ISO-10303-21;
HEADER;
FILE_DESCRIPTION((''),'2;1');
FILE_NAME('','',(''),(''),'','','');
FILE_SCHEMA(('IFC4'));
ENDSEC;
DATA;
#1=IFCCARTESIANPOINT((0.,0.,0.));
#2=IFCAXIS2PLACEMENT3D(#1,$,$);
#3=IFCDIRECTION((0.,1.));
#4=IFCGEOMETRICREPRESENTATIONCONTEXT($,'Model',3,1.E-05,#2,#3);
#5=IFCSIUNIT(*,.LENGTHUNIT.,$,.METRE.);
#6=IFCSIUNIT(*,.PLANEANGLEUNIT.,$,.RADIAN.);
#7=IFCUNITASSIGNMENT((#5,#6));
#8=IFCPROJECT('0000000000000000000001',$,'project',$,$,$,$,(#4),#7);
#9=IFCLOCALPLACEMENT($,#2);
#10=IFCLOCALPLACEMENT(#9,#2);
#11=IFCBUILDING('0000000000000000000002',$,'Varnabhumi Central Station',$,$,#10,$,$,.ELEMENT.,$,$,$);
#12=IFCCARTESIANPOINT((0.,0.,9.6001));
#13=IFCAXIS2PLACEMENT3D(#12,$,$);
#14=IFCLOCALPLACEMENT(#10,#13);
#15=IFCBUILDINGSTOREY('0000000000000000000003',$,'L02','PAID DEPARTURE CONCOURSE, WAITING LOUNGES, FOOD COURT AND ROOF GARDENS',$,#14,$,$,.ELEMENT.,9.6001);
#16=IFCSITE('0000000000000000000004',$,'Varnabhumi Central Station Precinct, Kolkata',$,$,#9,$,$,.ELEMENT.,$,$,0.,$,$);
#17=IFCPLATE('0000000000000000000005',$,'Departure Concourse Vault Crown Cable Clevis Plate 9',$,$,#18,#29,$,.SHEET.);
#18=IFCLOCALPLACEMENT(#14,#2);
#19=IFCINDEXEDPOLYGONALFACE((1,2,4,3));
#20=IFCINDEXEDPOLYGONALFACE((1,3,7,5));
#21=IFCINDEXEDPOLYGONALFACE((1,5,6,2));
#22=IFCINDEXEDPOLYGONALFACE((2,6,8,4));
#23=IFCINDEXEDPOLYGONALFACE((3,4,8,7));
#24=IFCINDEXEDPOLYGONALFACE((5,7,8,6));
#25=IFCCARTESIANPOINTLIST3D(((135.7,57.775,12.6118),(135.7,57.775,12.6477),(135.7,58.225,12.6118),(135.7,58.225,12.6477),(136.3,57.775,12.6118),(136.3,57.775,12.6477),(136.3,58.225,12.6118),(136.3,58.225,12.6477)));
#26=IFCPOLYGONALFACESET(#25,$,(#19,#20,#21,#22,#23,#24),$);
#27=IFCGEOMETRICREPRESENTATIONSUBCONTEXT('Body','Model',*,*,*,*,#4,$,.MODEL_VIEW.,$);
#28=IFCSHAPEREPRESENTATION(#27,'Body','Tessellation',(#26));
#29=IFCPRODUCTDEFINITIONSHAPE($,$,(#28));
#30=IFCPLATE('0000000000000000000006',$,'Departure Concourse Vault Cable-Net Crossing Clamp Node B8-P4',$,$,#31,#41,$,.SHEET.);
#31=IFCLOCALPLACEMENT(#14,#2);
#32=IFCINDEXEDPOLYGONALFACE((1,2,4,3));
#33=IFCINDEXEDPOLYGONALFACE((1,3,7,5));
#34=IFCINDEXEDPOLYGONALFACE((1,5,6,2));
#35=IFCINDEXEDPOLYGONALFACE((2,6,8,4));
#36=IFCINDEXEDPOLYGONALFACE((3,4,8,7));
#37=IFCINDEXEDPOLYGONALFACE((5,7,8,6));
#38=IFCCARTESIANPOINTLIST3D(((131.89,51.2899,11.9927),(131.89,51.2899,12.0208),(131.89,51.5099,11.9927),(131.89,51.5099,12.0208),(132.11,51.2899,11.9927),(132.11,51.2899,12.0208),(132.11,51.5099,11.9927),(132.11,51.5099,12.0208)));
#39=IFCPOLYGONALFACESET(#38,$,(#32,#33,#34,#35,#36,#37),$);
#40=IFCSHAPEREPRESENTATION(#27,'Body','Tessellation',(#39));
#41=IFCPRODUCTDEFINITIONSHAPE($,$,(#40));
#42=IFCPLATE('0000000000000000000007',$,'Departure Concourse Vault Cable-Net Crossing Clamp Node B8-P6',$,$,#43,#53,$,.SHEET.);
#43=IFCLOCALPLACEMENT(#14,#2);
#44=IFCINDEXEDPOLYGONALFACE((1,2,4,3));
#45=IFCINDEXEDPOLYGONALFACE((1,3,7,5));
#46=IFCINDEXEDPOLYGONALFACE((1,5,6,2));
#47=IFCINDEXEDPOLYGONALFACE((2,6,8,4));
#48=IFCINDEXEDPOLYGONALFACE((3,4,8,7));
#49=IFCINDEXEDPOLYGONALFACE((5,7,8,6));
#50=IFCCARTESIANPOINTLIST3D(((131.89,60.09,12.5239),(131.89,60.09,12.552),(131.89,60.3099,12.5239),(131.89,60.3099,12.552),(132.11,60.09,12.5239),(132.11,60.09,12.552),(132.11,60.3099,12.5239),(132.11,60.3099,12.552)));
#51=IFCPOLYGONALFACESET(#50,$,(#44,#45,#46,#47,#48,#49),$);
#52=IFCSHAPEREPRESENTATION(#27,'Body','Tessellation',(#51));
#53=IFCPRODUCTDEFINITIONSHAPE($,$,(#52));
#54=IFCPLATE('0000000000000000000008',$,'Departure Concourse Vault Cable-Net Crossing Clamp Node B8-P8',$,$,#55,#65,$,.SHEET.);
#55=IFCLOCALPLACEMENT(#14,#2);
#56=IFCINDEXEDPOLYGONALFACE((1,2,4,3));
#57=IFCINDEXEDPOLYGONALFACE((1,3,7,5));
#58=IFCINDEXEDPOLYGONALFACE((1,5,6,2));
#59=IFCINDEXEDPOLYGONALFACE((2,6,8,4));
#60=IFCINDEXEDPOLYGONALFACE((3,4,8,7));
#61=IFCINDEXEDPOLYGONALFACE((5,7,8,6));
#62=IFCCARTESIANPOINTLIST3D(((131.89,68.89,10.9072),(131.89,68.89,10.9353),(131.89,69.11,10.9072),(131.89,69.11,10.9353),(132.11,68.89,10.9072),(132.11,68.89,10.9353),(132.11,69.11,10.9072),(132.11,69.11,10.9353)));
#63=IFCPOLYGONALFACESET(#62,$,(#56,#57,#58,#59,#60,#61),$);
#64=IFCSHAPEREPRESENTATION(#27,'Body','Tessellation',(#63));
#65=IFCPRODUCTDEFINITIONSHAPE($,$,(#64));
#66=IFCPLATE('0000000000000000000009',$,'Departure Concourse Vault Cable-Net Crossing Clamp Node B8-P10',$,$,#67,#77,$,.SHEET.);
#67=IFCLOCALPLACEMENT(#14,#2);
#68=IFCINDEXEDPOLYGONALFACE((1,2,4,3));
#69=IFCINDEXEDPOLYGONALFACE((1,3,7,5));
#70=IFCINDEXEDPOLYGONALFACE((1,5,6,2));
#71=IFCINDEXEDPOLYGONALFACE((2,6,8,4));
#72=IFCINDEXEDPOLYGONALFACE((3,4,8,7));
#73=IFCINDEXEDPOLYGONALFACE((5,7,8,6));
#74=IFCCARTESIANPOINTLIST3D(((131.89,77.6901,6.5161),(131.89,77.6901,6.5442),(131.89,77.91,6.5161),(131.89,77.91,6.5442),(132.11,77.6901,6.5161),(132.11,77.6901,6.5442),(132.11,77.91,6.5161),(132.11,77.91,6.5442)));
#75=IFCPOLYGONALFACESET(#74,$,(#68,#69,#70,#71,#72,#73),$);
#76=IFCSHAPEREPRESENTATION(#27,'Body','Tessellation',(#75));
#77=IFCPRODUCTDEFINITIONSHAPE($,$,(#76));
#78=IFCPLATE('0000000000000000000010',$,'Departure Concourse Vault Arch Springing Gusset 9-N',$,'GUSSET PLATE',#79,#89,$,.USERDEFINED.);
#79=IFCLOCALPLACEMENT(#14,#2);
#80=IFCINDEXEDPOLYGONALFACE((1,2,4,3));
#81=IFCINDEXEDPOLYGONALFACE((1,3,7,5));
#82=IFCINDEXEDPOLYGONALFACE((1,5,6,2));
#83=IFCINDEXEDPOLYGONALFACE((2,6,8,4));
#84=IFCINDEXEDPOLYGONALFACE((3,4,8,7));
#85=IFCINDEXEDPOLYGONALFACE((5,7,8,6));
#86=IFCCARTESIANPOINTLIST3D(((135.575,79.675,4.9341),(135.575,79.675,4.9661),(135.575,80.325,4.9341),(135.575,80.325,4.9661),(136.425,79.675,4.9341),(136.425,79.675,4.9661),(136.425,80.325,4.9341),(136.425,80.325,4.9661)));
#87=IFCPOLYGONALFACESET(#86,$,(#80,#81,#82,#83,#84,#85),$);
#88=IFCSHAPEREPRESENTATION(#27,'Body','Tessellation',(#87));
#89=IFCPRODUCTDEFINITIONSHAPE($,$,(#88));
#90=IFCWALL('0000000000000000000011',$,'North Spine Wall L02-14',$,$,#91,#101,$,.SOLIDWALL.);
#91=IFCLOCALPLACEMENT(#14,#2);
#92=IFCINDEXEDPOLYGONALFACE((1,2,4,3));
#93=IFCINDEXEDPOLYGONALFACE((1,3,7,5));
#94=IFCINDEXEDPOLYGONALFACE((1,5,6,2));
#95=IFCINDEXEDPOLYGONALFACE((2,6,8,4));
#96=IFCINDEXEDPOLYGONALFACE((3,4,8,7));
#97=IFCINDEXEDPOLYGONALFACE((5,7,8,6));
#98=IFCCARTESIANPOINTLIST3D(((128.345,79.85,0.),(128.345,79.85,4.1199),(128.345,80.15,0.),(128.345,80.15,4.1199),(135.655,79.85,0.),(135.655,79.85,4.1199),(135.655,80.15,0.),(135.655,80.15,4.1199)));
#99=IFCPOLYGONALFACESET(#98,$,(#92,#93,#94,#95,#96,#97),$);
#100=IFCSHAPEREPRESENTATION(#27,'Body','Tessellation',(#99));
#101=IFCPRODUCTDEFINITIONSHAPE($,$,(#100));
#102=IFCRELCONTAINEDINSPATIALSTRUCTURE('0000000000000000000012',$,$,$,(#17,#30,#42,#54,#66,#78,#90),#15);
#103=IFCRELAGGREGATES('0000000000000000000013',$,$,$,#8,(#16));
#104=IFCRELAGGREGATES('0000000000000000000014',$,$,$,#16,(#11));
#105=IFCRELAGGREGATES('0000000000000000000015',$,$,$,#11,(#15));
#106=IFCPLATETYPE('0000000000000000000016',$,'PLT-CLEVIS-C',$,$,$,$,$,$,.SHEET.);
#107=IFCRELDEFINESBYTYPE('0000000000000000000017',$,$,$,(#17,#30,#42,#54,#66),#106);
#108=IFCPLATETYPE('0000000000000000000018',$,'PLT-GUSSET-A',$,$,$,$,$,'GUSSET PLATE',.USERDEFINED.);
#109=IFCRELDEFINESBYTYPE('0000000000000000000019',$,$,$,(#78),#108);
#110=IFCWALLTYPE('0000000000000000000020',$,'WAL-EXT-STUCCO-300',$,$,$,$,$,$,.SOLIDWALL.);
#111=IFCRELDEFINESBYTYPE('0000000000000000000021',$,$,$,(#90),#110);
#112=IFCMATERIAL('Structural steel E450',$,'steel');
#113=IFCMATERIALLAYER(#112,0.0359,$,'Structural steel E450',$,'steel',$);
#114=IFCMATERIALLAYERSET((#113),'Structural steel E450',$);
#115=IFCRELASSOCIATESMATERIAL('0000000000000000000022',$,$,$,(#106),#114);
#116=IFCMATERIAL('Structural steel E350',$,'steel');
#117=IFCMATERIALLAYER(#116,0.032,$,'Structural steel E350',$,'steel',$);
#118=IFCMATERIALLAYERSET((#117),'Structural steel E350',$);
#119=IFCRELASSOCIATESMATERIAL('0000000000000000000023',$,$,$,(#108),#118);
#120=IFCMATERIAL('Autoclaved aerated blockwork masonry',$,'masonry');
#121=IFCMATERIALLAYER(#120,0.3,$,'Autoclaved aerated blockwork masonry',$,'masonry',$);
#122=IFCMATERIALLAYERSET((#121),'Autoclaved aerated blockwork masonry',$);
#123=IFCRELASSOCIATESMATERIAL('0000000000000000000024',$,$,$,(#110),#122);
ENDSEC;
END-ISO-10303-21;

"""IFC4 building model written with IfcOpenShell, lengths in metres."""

from ifc_helpers import new_model, si_unit, direction, frame, frame_2d, origin, origin_2d, place, context, subcontext, project, spatial, rectangle, extrude, material, layer, layer_set, type_object, element, save


model = new_model("IFC4")

# Units and contexts
model_context = context("Model", 3, precision=1e-05, world=origin(), true_north=direction((0.0, 1.0)))
body_context = subcontext(model_context, "Body", "Model", "MODEL_VIEW")
ifc_project = project(units=[si_unit("LENGTHUNIT", "METRE"), si_unit("PLANEANGLEUNIT", "RADIAN")], contexts=[model_context])

# Site, building, storey
site_placement = place(None, origin())
site = spatial("IfcSite", under=ifc_project, at=site_placement, Name="Varnabhumi Central Station Precinct, Kolkata", CompositionType="ELEMENT", RefElevation=0.0)
building_placement = place(site_placement, origin())
building = spatial("IfcBuilding", under=site, at=building_placement, Name="Varnabhumi Central Station", CompositionType="ELEMENT")
storey_placement = place(building_placement, frame((0.0, 0.0, 9.6001)))
storey = spatial("IfcBuildingStorey", under=building, at=storey_placement, Name="L02", Description="PAID DEPARTURE CONCOURSE, WAITING LOUNGES, FOOD COURT AND ROOF GARDENS", CompositionType="ELEMENT", Elevation=9.6001)

# Shared definitions
ifc_material_1 = material(Name="Structural steel E350", Category="steel")

# Plates
ifc_material_2 = material(Name="Structural steel E450", Category="steel")
ifc_layer_1 = layer(ifc_material_2, 0.0359, Name="Structural steel E450", Category="steel")
ifc_layer_set_1 = layer_set([ifc_layer_1], Name="Structural steel E450")
plate_type_1 = type_object("IfcPlateType", Name="PLT-CLEVIS-C", PredefinedType="SHEET", material=ifc_layer_set_1)
plate_1_placement = place(storey_placement, frame((136.0, 58.0, 12.6118), z_axis=(0.0, 0.0, 1.0), x_axis=(1.0, 0.0, 0.0)))
element("IfcPlate", 1, at=plate_1_placement, inside=storey, type_object=plate_type_1, Name="Departure Concourse Vault Crown Cable Clevis Plate 9", PredefinedType="SHEET", context=body_context, shape_type="SweptSolid", body=[
    extrude(rectangle(XDim=0.6001, YDim=0.45, at=origin_2d()), origin(), (0.0, 0.0, 1.0), 0.0359),
])
for number, where, z_axis, x_axis, name in (
    (2, (132.0, 51.3999, 11.9927), (0.0, 0.0, 1.0), (1.0, 0.0, 0.0), "Departure Concourse Vault Cable-Net Crossing Clamp Node B8-P4"),
    (3, (132.0, 60.2, 12.5239), (0.0, 0.0, 1.0), (1.0, 0.0, 0.0), "Departure Concourse Vault Cable-Net Crossing Clamp Node B8-P6"),
    (4, (132.0, 69.0, 10.9072), (0.0, 0.0, 1.0), (1.0, 0.0, 0.0), "Departure Concourse Vault Cable-Net Crossing Clamp Node B8-P8"),
    (5, (132.0, 77.8, 6.5161), (0.0, 0.0, 1.0), (1.0, 0.0, 0.0), "Departure Concourse Vault Cable-Net Crossing Clamp Node B8-P10"),
):
    element("IfcPlate", number, at=place(storey_placement, frame(where, z_axis=z_axis, x_axis=x_axis)), inside=storey, type_object=plate_type_1, Name=name, PredefinedType="SHEET", context=body_context, shape_type="SweptSolid", body=[
        extrude(rectangle(XDim=0.22, YDim=0.22, at=origin_2d()), origin(), (0.0, 0.0, 1.0), 0.0281),
    ])
ifc_layer_2 = layer(ifc_material_1, 0.032, Name="Structural steel E350", Category="steel")
ifc_layer_set_2 = layer_set([ifc_layer_2], Name="Structural steel E350")
plate_type_2 = type_object("IfcPlateType", Name="PLT-GUSSET-A", ElementType="GUSSET PLATE", PredefinedType="USERDEFINED", material=ifc_layer_set_2)
plate_2_placement = place(storey_placement, frame((136.0, 80.0, 4.9341), z_axis=(0.0, 0.0, 1.0), x_axis=(1.0, 0.0, 0.0)))
element("IfcPlate", 6, at=plate_2_placement, inside=storey, type_object=plate_type_2, Name="Departure Concourse Vault Arch Springing Gusset 9-N", ObjectType="GUSSET PLATE", PredefinedType="USERDEFINED", context=body_context, shape_type="SweptSolid", body=[
    extrude(rectangle(XDim=0.8501, YDim=0.6499, at=origin_2d()), origin(), (0.0, 0.0, 1.0), 0.032),
])

# Wall
ifc_material_3 = material(Name="Autoclaved aerated blockwork masonry", Category="masonry")
ifc_layer_3 = layer(ifc_material_3, 0.3, Name="Autoclaved aerated blockwork masonry", Category="masonry")
ifc_layer_set_3 = layer_set([ifc_layer_3], Name="Autoclaved aerated blockwork masonry")
wall_type = type_object("IfcWallType", Name="WAL-EXT-STUCCO-300", PredefinedType="SOLIDWALL", material=ifc_layer_set_3)
wall_placement = place(storey_placement, frame((128.345, 80.0, 0.0), z_axis=(0.0, 0.0, 1.0), x_axis=(1.0, 0.0, 0.0)))
element("IfcWall", 7, at=wall_placement, inside=storey, type_object=wall_type, Name="North Spine Wall L02-14", PredefinedType="SOLIDWALL", context=body_context, shape_type="SweptSolid", body=[
    extrude(rectangle(XDim=7.3101, YDim=0.3, at=frame_2d((3.655, 0.0))), origin(), (0.0, 0.0, 1.0), 4.1199),
])

save(model, "model.ifc")
